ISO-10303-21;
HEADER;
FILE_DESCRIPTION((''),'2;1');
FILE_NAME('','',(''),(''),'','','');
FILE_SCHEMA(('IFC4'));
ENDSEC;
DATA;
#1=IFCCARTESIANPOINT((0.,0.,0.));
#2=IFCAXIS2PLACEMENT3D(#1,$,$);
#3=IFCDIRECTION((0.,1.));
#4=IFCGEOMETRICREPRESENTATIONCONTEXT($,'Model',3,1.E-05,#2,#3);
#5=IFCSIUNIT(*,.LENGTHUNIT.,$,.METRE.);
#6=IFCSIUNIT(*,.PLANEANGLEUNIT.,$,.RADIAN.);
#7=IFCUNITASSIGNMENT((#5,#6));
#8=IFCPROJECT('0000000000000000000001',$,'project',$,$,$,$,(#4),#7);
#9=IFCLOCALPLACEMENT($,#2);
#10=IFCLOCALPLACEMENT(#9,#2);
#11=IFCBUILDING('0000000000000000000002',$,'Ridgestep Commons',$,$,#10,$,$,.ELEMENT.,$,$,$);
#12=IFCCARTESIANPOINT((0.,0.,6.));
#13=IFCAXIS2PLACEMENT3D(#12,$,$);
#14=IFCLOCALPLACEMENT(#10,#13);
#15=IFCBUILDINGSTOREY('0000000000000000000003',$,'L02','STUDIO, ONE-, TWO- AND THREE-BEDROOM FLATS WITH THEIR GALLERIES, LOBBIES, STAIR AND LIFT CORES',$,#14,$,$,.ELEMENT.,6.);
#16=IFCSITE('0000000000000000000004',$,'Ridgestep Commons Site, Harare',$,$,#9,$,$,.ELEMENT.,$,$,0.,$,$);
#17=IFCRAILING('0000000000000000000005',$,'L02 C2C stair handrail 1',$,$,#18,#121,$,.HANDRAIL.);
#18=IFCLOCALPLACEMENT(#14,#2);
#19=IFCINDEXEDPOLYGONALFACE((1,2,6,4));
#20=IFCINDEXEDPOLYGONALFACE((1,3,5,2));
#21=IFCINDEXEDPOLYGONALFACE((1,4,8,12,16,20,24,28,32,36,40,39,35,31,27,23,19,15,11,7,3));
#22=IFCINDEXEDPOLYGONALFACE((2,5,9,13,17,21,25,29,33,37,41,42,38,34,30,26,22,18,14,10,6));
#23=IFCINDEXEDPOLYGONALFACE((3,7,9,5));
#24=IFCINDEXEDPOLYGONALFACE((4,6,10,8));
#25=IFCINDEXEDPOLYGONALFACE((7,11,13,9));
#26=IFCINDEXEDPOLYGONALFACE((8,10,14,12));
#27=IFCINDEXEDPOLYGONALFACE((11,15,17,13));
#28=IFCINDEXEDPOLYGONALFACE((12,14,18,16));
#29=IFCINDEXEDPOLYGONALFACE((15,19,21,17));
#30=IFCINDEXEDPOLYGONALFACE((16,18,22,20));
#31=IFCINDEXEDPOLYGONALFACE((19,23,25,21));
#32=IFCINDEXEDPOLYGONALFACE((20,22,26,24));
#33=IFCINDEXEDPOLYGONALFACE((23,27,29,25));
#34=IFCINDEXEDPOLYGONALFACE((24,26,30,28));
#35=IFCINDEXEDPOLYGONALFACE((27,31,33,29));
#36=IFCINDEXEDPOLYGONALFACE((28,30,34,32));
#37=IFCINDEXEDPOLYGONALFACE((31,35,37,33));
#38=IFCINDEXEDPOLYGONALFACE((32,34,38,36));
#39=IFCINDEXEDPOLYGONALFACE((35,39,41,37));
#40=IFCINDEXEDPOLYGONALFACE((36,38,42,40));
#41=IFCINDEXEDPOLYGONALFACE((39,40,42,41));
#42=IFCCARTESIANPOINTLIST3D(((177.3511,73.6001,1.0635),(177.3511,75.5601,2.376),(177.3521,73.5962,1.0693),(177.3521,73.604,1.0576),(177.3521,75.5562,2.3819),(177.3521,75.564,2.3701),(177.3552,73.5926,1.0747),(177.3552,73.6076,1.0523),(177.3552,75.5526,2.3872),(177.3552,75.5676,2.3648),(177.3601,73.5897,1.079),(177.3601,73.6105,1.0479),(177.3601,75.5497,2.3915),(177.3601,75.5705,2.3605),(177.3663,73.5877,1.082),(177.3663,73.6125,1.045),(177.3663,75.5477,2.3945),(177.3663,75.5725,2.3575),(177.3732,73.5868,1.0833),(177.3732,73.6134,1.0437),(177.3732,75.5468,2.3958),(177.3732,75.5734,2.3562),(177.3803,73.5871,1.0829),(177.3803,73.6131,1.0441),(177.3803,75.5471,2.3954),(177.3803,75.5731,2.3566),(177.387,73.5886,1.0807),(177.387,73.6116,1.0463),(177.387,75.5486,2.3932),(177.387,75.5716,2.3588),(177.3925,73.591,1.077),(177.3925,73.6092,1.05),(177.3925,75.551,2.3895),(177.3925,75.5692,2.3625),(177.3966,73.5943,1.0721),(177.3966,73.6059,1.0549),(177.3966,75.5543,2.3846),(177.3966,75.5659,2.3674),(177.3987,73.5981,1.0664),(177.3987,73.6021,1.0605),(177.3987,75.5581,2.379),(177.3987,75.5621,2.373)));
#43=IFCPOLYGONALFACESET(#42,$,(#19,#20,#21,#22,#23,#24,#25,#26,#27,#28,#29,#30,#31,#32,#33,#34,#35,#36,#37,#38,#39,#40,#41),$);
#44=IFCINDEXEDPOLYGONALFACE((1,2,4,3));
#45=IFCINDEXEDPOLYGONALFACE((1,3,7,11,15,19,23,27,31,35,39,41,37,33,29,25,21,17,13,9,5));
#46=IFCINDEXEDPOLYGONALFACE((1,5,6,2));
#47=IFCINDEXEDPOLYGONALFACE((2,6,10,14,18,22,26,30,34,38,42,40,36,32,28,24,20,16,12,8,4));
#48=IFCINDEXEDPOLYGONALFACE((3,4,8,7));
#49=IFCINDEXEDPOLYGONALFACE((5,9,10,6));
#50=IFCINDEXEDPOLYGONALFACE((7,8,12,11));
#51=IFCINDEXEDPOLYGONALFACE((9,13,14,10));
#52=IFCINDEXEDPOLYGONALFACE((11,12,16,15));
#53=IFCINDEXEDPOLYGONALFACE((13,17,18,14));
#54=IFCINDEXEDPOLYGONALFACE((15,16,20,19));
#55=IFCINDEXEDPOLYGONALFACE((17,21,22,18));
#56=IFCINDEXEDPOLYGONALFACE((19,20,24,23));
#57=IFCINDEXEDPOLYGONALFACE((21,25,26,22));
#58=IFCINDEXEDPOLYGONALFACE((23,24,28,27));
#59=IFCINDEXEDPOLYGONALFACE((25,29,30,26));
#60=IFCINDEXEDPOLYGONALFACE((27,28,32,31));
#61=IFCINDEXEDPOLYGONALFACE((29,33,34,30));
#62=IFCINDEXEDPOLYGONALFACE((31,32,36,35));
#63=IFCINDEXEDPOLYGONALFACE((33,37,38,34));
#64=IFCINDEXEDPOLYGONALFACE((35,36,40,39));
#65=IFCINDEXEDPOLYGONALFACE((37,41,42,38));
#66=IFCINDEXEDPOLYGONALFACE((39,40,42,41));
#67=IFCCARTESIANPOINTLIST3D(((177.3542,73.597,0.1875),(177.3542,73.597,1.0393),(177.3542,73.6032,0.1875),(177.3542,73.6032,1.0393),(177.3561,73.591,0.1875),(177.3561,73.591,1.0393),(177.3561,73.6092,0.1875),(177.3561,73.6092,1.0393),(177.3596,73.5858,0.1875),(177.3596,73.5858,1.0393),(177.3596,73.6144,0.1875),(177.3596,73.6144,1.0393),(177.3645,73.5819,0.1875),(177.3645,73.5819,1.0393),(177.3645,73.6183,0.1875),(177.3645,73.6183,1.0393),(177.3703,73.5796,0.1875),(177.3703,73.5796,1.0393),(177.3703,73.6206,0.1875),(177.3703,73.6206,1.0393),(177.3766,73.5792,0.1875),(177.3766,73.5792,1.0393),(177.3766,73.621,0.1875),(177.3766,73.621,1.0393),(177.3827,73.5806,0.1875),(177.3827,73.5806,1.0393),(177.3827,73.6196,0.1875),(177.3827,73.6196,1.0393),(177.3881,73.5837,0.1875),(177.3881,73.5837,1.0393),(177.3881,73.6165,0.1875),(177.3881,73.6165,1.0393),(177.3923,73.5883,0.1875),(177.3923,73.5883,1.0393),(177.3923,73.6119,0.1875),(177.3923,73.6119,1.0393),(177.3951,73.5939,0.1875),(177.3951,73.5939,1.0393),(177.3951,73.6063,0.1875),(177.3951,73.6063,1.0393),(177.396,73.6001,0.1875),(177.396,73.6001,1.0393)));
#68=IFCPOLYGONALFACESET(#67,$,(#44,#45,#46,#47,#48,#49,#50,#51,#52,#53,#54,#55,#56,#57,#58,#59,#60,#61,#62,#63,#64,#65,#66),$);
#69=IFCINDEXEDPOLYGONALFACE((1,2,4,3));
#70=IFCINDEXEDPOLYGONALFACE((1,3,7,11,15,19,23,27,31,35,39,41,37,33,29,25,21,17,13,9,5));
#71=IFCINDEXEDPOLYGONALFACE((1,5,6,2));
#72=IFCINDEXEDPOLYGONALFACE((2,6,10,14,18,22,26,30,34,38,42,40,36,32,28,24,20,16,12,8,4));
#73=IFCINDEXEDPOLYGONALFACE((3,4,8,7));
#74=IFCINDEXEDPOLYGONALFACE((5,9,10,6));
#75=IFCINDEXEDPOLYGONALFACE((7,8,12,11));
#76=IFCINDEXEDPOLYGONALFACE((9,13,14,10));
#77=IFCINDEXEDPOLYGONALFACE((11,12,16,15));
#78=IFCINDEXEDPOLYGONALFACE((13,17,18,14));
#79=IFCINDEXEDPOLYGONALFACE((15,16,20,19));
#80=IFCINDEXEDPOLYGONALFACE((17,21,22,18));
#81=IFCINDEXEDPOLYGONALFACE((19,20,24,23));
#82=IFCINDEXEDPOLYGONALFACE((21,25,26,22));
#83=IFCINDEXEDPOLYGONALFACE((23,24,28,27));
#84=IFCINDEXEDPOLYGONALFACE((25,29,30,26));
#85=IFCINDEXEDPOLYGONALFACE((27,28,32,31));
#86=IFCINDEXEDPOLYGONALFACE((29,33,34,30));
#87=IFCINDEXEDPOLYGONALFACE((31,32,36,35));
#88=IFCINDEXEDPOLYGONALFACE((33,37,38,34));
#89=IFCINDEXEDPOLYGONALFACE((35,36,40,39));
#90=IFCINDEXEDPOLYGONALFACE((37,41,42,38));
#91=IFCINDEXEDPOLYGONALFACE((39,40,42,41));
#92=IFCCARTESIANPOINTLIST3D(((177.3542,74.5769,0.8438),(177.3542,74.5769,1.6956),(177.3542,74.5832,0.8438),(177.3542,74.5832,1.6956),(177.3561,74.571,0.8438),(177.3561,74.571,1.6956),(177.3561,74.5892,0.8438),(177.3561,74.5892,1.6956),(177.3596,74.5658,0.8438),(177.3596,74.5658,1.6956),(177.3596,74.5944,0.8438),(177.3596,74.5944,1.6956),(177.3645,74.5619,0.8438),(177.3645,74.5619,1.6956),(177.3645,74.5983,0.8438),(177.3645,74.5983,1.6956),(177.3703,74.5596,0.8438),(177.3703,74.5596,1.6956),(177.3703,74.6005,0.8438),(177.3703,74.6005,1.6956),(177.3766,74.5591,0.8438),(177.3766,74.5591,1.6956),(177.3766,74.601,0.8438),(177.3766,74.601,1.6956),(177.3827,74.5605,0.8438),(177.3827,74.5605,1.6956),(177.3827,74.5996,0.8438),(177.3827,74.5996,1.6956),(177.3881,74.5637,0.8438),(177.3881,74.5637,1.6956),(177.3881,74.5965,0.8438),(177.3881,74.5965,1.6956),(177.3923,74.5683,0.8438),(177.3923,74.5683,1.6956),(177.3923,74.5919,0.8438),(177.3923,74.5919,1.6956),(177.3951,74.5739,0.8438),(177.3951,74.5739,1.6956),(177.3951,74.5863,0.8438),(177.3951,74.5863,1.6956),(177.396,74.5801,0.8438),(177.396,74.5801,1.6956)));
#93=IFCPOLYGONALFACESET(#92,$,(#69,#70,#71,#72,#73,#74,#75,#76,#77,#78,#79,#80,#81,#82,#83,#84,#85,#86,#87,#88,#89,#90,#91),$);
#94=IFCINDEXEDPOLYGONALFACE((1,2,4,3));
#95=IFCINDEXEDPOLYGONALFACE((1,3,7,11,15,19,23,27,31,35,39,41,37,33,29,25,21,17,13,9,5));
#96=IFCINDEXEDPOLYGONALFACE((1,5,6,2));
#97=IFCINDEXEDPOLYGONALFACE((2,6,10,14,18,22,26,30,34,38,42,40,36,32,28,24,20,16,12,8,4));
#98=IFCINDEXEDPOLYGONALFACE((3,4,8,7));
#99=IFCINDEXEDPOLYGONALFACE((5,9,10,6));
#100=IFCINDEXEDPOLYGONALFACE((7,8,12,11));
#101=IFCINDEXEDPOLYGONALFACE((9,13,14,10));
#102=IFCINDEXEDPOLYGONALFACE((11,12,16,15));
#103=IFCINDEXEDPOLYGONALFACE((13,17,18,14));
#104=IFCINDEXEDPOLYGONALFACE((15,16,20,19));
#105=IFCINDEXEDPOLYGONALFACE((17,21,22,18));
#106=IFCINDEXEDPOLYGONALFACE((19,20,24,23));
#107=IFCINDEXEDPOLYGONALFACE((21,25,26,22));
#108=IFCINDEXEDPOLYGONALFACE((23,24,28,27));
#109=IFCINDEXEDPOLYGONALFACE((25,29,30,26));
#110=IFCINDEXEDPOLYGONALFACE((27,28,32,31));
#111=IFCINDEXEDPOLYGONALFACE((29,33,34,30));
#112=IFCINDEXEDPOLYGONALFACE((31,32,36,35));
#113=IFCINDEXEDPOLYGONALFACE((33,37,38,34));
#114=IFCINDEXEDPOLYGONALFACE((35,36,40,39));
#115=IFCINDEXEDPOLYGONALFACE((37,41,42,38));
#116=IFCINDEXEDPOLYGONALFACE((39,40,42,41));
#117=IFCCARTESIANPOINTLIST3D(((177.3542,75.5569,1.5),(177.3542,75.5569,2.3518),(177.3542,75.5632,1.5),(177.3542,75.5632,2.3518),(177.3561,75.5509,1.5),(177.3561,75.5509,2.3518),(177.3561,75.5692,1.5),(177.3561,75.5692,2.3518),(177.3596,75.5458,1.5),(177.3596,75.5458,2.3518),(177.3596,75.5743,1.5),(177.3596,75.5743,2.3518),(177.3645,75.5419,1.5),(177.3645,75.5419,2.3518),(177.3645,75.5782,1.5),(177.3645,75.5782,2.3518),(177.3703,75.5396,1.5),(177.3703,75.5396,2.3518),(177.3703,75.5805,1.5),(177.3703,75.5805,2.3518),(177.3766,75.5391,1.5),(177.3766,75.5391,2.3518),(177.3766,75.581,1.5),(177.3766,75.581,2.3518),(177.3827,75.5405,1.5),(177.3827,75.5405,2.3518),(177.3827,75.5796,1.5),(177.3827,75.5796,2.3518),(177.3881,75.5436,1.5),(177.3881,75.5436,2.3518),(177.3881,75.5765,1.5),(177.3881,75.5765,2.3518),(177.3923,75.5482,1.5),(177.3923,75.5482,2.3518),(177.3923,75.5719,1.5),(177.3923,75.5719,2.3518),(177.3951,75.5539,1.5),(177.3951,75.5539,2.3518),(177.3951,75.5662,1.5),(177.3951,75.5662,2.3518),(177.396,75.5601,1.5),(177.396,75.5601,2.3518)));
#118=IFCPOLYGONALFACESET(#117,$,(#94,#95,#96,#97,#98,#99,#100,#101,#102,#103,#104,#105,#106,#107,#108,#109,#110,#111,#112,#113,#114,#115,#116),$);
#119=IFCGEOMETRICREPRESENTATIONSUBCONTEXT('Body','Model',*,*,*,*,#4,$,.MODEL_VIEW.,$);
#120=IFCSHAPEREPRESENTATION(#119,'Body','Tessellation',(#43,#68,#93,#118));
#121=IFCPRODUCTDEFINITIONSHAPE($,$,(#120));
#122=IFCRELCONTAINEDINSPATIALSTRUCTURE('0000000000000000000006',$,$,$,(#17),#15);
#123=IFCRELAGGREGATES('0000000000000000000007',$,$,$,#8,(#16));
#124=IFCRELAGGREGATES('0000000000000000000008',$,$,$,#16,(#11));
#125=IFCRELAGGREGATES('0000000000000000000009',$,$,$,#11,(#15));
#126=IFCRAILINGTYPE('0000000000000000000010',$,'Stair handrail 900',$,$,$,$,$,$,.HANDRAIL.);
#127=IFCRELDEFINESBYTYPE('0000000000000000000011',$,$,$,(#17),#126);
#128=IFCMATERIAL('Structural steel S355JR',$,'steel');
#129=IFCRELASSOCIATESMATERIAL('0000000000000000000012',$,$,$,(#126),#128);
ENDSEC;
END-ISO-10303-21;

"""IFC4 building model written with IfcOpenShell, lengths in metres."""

from ifc_helpers import new_model, si_unit, direction, frame, origin, origin_2d, place, context, subcontext, project, spatial, circle, extrude, material, type_object, element, save


model = new_model("IFC4")

# Units and contexts
model_context = context("Model", 3, precision=1e-05, world=origin(), true_north=direction((0.0, 1.0)))
body_context = subcontext(model_context, "Body", "Model", "MODEL_VIEW")
ifc_project = project(units=[si_unit("LENGTHUNIT", "METRE"), si_unit("PLANEANGLEUNIT", "RADIAN")], contexts=[model_context])

# Site, building, storey
site_placement = place(None, origin())
site = spatial("IfcSite", under=ifc_project, at=site_placement, Name="Ridgestep Commons Site, Harare", CompositionType="ELEMENT", RefElevation=0.0)
building_placement = place(site_placement, origin())
building = spatial("IfcBuilding", under=site, at=building_placement, Name="Ridgestep Commons", CompositionType="ELEMENT")
storey_placement = place(building_placement, frame((0.0, 0.0, 6.0)))
storey = spatial("IfcBuildingStorey", under=building, at=storey_placement, Name="L02", Description="STUDIO, ONE-, TWO- AND THREE-BEDROOM FLATS WITH THEIR GALLERIES, LOBBIES, STAIR AND LIFT CORES", CompositionType="ELEMENT", Elevation=6.0)

# Railing
ifc_material_1 = material(Name="Structural steel S355JR", Category="steel")
railing_type_1 = type_object("IfcRailingType", Name="Stair handrail 900", PredefinedType="HANDRAIL", material=ifc_material_1)
railing_1_placement = place(storey_placement, frame((177.375, 73.6001, 0.1875)))
element("IfcRailing", 1, at=railing_1_placement, inside=storey, type_object=railing_type_1, Name="L02 C2C stair handrail 1", PredefinedType="HANDRAIL", context=body_context, shape_type="SweptSolid", body=[
    extrude(circle(Radius=0.0239, at=origin_2d()), frame((0.0, 0.0, 0.876), z_axis=(0.0, 0.830902, 0.556419), x_axis=(-1.0, 0.0, 0.0)), (0.0, 0.0, 1.0), 2.3589),
    extrude(circle(Radius=0.021, at=origin_2d()), origin(), (0.0, 0.0, 1.0), 0.8518),
    extrude(circle(Radius=0.021, at=origin_2d()), frame((0.0, 0.98, 0.6562)), (0.0, 0.0, 1.0), 0.8518),
    extrude(circle(Radius=0.021, at=origin_2d()), frame((0.0, 1.96, 1.3125)), (0.0, 0.0, 1.0), 0.8518),
])

save(model, "model.ifc")
